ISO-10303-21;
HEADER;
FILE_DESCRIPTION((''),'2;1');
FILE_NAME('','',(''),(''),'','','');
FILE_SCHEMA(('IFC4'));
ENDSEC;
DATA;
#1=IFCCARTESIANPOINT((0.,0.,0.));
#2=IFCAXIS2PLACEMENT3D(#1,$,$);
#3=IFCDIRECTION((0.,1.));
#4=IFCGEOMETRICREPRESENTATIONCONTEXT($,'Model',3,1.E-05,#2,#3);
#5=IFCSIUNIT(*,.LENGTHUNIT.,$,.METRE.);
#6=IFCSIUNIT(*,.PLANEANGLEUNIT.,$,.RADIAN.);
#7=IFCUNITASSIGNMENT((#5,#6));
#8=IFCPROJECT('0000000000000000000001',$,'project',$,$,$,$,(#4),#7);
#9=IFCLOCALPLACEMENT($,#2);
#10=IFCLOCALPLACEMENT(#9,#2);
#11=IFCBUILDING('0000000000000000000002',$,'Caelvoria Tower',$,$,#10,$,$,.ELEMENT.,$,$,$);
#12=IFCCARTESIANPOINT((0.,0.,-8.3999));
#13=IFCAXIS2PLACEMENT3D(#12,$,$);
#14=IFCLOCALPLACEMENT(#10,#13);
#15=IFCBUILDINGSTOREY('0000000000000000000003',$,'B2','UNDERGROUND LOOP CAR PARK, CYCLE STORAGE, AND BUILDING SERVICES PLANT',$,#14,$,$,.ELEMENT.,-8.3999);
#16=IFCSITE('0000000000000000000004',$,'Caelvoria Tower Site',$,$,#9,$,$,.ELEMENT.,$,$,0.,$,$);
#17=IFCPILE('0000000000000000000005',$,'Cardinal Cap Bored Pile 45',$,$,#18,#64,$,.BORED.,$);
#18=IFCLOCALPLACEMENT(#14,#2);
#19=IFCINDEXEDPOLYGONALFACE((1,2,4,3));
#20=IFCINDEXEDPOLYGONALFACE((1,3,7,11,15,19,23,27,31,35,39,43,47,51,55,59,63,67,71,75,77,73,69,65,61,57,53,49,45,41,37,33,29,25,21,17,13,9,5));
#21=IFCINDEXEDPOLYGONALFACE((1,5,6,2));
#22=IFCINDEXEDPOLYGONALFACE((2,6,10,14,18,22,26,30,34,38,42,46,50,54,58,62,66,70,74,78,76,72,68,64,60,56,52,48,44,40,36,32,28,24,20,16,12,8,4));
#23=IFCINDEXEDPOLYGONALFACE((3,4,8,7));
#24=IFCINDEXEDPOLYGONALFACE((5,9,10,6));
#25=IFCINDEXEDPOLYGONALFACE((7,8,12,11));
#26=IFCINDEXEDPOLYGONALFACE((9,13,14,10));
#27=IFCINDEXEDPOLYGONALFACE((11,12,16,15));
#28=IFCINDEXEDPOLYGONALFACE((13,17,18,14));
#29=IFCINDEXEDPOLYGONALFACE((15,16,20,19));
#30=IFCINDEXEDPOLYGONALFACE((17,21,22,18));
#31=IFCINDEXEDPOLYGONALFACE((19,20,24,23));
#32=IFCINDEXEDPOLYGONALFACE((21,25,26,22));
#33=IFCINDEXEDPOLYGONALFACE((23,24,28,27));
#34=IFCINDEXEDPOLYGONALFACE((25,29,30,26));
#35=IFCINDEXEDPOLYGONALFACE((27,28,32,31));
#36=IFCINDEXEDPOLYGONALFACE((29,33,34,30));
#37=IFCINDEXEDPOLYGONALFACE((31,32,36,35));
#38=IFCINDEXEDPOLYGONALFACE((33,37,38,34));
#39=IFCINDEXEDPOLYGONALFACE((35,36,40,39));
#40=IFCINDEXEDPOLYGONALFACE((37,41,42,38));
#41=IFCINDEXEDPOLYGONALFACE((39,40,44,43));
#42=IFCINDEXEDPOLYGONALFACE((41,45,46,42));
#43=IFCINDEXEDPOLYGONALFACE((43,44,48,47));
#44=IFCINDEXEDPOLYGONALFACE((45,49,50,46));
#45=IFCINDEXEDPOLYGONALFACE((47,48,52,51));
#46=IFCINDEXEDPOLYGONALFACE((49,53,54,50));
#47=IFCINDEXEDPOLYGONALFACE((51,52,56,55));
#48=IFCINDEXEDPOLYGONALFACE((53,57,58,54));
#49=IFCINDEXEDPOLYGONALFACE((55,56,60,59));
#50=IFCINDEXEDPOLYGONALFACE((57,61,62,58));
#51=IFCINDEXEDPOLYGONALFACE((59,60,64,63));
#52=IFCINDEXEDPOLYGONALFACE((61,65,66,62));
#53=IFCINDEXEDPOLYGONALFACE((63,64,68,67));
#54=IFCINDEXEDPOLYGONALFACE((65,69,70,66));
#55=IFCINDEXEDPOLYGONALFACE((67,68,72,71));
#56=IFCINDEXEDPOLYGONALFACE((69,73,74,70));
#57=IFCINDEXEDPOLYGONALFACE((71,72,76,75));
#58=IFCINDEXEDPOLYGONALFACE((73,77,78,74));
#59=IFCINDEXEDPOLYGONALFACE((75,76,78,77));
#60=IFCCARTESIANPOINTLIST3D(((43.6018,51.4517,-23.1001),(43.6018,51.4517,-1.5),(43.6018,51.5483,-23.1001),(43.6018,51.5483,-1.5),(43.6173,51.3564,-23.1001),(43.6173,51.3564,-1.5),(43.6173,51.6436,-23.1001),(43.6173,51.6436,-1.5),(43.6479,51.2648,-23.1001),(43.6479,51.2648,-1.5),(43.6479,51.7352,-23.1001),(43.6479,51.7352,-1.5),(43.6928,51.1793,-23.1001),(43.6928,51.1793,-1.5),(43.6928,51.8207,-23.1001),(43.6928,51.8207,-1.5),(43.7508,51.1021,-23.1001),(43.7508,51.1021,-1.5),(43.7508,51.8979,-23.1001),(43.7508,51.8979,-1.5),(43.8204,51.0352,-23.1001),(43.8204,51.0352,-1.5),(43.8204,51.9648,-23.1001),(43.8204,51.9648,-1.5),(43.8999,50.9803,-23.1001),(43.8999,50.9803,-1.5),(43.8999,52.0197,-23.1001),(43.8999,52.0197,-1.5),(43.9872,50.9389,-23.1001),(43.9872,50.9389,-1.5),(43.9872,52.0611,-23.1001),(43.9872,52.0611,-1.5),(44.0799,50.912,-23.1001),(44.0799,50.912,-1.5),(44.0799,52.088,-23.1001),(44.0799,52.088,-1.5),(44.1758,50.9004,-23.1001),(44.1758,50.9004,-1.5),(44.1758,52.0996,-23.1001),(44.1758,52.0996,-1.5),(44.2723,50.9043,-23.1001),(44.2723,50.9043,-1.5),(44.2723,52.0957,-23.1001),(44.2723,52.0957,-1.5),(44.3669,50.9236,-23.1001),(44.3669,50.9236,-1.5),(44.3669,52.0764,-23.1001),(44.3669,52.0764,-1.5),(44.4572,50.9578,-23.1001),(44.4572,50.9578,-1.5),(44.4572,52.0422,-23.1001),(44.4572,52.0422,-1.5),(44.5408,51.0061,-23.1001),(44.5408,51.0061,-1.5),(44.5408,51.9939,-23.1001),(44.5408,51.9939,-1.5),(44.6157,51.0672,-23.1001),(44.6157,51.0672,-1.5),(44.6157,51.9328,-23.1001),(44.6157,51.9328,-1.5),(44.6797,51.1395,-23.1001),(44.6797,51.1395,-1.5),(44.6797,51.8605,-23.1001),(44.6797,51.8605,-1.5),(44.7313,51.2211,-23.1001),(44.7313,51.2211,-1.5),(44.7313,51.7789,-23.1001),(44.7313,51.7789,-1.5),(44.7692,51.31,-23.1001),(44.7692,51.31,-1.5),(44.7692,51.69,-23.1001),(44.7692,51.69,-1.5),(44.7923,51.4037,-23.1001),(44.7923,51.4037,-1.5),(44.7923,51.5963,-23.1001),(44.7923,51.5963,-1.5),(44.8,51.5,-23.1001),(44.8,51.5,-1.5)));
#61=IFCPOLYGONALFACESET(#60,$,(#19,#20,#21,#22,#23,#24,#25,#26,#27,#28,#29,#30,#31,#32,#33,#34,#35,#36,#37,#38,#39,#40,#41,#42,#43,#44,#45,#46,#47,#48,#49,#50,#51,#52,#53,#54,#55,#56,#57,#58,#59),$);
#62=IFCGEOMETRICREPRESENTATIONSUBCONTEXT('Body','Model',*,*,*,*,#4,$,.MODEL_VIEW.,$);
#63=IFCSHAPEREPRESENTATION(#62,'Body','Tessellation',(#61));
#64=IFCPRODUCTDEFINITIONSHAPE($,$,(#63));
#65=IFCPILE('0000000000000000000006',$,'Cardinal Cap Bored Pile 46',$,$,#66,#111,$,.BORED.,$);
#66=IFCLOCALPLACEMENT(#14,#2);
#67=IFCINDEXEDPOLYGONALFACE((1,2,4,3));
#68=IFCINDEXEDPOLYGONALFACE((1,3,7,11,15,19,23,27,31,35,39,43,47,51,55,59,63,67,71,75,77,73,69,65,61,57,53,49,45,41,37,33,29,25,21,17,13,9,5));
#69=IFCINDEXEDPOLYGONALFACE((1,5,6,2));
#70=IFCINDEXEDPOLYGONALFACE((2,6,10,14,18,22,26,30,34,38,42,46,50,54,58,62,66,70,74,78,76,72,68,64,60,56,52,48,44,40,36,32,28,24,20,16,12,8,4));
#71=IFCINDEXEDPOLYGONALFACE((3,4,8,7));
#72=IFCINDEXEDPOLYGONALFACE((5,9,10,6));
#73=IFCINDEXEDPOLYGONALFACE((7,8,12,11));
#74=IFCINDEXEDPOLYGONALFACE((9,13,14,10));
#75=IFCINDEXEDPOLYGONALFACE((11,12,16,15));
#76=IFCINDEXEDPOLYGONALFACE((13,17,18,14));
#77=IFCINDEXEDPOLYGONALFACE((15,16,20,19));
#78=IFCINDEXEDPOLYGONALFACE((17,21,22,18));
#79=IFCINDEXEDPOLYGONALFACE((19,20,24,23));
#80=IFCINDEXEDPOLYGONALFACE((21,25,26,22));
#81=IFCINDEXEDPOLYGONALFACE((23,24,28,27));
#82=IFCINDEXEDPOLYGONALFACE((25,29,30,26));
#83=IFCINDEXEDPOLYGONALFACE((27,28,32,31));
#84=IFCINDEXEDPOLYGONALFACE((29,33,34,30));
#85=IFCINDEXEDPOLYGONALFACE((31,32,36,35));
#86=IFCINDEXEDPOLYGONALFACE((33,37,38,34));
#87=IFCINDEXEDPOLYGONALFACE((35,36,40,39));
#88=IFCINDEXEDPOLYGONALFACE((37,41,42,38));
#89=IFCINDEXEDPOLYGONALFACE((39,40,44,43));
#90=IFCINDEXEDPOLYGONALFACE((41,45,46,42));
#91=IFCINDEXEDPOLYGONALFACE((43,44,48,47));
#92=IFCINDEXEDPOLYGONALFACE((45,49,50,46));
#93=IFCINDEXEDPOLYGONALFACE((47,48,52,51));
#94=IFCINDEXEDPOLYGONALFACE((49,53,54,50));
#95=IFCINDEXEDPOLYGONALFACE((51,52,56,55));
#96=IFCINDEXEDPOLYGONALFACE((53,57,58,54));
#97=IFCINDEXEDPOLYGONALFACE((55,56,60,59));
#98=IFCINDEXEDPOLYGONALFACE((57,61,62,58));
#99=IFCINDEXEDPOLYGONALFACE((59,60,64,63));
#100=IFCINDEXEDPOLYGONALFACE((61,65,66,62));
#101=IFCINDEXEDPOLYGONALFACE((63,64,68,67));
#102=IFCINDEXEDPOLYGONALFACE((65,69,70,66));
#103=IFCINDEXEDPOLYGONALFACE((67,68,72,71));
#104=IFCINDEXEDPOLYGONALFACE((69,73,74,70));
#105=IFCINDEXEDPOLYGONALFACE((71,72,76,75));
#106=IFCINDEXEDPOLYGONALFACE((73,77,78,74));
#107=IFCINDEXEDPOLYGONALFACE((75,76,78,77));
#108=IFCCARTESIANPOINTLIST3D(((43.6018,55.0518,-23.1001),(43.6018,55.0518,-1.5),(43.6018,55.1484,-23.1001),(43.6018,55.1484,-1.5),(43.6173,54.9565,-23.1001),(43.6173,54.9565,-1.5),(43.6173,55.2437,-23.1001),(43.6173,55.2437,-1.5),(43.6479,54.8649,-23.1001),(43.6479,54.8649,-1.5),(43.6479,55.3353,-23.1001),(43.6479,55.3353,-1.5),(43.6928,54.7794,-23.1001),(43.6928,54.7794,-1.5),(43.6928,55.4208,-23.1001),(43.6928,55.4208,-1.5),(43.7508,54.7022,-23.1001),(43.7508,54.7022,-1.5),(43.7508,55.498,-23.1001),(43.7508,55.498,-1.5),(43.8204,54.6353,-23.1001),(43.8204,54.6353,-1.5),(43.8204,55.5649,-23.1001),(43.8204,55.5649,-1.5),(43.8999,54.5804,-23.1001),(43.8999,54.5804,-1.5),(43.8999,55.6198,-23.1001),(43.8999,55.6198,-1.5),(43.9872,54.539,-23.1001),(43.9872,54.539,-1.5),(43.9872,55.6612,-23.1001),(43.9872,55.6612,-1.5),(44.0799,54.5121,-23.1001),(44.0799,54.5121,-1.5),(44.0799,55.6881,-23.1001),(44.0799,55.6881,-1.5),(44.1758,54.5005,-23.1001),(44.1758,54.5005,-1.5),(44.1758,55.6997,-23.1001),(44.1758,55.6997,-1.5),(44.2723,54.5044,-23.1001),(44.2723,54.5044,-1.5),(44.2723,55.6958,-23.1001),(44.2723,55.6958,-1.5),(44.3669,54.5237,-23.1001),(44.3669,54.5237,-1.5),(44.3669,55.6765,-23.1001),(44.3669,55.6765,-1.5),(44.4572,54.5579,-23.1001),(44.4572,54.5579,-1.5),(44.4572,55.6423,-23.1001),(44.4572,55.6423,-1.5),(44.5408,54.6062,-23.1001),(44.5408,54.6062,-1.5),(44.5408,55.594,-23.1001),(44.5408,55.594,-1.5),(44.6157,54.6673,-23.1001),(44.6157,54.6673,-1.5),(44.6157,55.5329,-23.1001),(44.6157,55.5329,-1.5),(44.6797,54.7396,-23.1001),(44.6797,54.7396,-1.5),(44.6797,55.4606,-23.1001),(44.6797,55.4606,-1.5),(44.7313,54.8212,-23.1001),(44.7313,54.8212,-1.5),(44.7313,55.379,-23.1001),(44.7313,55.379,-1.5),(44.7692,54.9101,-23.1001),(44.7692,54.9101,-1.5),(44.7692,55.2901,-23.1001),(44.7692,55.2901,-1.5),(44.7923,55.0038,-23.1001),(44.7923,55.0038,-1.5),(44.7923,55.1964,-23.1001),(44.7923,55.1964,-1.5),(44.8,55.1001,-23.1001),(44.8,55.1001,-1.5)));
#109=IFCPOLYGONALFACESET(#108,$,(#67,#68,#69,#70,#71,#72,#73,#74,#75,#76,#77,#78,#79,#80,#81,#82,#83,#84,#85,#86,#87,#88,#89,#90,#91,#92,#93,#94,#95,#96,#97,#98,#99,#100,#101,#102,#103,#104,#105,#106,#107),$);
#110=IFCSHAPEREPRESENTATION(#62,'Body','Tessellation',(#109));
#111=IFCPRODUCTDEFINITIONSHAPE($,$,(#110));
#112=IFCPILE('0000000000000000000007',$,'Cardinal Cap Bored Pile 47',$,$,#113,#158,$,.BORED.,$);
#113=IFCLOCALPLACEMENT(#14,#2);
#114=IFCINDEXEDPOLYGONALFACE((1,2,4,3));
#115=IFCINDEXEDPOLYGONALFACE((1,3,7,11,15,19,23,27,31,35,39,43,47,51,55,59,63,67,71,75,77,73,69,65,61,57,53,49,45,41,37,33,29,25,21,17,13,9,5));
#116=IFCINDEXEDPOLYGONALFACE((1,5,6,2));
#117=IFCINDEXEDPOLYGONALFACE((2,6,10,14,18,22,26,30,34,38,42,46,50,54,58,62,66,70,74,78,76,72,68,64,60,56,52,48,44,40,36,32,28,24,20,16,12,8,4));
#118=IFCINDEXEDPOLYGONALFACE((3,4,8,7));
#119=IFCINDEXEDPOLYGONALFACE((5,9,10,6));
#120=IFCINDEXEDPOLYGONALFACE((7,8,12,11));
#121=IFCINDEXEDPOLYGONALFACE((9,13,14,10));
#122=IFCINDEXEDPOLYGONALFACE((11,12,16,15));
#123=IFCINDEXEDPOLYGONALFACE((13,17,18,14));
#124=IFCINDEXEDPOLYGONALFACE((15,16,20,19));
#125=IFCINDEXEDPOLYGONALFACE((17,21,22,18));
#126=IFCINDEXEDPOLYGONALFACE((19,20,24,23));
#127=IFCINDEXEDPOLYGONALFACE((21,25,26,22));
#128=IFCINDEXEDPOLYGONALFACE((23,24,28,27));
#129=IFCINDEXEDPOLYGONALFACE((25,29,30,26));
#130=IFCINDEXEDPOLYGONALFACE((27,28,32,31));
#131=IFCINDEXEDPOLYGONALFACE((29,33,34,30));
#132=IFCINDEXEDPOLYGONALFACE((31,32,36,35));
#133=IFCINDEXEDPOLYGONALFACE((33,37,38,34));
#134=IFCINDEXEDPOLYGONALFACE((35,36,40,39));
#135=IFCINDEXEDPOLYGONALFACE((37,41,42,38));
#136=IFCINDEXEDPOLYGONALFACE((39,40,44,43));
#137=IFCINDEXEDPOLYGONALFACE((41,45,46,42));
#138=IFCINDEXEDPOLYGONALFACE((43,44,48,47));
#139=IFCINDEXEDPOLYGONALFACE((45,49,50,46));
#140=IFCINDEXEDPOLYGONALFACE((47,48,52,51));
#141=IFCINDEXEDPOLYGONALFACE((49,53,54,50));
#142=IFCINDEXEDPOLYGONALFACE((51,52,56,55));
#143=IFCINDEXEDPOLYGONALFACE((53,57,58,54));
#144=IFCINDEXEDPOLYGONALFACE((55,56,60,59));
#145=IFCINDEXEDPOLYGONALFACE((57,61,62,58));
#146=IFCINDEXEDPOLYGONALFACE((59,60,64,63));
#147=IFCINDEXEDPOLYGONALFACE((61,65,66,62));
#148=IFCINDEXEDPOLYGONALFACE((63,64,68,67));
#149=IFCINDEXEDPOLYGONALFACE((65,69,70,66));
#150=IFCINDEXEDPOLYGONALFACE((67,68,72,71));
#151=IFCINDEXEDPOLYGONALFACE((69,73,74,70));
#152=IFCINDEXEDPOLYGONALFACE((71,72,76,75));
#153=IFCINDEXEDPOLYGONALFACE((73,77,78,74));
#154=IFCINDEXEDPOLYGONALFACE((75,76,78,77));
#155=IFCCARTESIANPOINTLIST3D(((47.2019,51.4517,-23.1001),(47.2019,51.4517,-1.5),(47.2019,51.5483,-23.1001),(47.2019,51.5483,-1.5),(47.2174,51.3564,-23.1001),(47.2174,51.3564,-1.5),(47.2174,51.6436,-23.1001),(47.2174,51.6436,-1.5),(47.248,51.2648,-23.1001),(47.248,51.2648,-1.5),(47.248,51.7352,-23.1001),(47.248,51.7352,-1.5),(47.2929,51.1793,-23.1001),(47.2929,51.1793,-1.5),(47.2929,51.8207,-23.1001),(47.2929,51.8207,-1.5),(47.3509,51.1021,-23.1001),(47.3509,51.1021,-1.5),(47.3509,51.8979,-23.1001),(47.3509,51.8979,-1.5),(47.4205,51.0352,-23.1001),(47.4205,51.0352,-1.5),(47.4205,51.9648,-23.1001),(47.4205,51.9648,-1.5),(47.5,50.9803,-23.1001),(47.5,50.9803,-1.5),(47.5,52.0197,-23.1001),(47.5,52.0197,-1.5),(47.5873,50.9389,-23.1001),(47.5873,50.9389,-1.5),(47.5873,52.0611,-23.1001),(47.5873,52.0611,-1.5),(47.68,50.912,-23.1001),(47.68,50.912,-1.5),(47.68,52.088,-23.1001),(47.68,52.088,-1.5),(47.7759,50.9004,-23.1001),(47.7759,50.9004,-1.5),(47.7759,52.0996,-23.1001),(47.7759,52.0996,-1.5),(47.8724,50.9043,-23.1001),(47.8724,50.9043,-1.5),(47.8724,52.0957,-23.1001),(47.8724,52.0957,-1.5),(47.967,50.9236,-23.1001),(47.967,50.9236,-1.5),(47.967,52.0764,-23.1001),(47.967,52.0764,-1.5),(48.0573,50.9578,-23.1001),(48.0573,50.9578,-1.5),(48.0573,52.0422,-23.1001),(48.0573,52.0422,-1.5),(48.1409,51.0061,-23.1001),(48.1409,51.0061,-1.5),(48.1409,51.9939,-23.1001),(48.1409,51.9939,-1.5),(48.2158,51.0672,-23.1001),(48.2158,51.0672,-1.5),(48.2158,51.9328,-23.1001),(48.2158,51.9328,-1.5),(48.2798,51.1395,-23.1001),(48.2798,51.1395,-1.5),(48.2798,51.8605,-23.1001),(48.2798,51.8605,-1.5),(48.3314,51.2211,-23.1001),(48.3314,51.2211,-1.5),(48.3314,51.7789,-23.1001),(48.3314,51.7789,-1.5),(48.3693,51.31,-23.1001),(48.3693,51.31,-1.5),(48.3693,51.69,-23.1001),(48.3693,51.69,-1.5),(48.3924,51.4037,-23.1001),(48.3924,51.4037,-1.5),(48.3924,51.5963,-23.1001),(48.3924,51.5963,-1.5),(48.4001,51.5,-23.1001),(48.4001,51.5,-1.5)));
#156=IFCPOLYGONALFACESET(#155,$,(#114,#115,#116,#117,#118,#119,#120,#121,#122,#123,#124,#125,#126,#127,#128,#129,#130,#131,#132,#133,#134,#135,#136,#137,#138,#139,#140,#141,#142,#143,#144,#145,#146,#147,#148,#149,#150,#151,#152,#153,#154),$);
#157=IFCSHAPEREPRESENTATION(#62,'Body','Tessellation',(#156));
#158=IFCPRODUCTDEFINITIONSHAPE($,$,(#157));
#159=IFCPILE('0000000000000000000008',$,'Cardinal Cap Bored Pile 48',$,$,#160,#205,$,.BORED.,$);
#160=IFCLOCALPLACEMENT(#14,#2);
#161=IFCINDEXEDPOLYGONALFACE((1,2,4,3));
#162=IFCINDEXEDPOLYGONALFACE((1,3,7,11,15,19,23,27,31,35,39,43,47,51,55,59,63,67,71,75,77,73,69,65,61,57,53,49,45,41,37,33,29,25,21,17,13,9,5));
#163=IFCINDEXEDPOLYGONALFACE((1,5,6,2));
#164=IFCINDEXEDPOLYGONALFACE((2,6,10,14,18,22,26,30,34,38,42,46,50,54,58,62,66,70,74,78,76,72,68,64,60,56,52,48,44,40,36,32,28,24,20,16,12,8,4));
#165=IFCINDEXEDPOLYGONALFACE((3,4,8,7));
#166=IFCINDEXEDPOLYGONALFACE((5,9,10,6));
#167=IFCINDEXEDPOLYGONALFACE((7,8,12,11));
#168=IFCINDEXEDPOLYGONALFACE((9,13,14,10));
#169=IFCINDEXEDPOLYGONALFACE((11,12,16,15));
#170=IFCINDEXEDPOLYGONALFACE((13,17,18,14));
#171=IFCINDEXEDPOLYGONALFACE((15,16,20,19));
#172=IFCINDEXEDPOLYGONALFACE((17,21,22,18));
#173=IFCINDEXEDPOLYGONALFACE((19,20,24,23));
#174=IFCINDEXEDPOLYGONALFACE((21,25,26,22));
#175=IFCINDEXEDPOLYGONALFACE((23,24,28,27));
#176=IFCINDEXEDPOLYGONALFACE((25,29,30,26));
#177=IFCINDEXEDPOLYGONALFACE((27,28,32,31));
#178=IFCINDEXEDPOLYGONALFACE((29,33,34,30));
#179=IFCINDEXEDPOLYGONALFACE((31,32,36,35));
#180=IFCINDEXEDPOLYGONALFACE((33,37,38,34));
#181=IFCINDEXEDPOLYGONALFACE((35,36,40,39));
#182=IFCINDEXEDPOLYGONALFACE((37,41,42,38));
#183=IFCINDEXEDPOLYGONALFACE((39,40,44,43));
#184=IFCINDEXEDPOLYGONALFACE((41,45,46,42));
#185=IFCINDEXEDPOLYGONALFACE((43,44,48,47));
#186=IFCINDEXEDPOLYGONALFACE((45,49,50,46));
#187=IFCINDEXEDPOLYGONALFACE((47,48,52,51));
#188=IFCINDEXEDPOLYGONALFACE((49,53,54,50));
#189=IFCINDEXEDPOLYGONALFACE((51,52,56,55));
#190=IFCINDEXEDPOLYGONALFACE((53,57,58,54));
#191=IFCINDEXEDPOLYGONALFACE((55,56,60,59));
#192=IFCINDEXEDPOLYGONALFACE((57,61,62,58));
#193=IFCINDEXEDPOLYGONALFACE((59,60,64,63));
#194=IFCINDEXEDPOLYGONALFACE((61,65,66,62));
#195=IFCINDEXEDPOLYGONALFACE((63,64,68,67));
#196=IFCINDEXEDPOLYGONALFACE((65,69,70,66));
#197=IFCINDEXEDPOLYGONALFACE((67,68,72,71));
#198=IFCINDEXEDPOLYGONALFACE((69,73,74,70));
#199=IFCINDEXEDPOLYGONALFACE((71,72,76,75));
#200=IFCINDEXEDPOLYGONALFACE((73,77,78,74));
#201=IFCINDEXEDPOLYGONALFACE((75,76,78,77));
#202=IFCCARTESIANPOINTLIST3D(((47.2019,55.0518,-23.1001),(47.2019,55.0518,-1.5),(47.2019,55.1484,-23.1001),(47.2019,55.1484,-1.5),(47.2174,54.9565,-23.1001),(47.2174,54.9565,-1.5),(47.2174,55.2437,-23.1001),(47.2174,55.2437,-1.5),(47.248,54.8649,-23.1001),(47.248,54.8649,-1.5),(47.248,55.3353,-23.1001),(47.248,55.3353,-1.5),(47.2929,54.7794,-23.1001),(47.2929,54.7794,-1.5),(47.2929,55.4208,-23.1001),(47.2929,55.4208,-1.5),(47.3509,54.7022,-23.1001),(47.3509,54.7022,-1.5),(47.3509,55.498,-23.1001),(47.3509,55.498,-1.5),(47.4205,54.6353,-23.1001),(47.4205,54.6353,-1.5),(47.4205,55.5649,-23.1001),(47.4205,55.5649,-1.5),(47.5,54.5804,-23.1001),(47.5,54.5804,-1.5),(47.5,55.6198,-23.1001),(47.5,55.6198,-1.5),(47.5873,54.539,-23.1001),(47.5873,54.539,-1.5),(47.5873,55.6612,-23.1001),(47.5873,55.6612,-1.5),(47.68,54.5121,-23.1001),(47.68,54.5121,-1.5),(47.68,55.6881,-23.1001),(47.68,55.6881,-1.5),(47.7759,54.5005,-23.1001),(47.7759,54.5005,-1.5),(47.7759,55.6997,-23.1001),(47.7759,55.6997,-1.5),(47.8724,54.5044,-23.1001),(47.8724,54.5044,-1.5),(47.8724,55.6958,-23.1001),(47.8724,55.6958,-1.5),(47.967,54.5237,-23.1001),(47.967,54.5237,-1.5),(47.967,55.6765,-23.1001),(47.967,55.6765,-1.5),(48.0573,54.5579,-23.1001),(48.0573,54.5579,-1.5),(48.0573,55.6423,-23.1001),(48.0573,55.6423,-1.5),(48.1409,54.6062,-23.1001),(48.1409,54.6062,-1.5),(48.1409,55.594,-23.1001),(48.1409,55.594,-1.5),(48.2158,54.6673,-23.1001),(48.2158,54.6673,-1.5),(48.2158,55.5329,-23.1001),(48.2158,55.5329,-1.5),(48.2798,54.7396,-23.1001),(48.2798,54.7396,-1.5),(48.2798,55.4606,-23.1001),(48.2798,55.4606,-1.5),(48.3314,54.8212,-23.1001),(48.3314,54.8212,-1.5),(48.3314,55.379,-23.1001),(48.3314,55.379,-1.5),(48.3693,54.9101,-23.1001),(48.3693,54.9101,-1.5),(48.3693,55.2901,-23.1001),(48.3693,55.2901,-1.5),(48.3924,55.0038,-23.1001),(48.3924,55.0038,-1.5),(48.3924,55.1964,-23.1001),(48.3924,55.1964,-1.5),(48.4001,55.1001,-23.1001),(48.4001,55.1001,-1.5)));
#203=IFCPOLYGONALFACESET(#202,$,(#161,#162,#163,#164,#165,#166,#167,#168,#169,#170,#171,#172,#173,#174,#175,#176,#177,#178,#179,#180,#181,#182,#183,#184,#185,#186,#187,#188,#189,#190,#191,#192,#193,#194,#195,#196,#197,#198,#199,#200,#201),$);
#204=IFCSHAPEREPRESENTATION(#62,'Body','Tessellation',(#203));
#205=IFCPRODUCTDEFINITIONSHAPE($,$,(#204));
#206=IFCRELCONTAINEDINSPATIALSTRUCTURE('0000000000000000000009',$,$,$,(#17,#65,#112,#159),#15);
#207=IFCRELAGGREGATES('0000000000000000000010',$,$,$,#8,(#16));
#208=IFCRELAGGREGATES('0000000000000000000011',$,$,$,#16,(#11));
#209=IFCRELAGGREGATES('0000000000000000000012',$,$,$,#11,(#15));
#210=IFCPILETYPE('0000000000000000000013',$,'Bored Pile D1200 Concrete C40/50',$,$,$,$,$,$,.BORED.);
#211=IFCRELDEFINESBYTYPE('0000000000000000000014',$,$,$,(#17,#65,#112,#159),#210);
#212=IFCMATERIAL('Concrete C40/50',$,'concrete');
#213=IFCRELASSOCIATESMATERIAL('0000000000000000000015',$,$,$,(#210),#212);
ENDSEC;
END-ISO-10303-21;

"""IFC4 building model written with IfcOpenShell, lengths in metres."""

from ifc_helpers import new_model, si_unit, direction, frame, origin, origin_2d, place, context, subcontext, project, spatial, circle, extrude, material, material_profile, profile_set, type_object, element, save


model = new_model("IFC4")

# Units and contexts
model_context = context("Model", 3, precision=1e-05, world=origin(), true_north=direction((0.0, 1.0)))
body_context = subcontext(model_context, "Body", "Model", "MODEL_VIEW")
ifc_project = project(units=[si_unit("LENGTHUNIT", "METRE"), si_unit("PLANEANGLEUNIT", "RADIAN")], contexts=[model_context])

# Site, building, storey
site_placement = place(None, origin())
site = spatial("IfcSite", under=ifc_project, at=site_placement, Name="Caelvoria Tower Site", CompositionType="ELEMENT", RefElevation=0.0)
building_placement = place(site_placement, origin())
building = spatial("IfcBuilding", under=site, at=building_placement, Name="Caelvoria Tower", CompositionType="ELEMENT")
storey_placement = place(building_placement, frame((0.0, 0.0, -8.3999)))
storey = spatial("IfcBuildingStorey", under=building, at=storey_placement, Name="B2", Description="UNDERGROUND LOOP CAR PARK, CYCLE STORAGE, AND BUILDING SERVICES PLANT", CompositionType="ELEMENT", Elevation=-8.3999)

# Piles
ifc_material_1 = material(Name="Concrete C40/50", Category="concrete")
ifc_material_profile_1 = material_profile(ifc_material_1, circle(Radius=0.6001, at=origin_2d()), Name="Concrete C40/50")
ifc_profile_set_1 = profile_set([ifc_material_profile_1], Name="PILE_D1200 - Concrete C40/50")
pile_type_1 = type_object("IfcPileType", Name="Bored Pile D1200 Concrete C40/50", PredefinedType="BORED", material=ifc_profile_set_1)
for number, where, z_axis, x_axis, name in (
    (1, (44.2, 51.5, -1.5), (0.0, 0.0, -1.0), (1.0, 0.0, 0.0), "Cardinal Cap Bored Pile 45"),
    (2, (44.2, 55.1001, -1.5), (0.0, 0.0, -1.0), (1.0, 0.0, 0.0), "Cardinal Cap Bored Pile 46"),
    (3, (47.8, 51.5, -1.5), (0.0, 0.0, -1.0), (1.0, 0.0, 0.0), "Cardinal Cap Bored Pile 47"),
    (4, (47.8, 55.1001, -1.5), (0.0, 0.0, -1.0), (1.0, 0.0, 0.0), "Cardinal Cap Bored Pile 48"),
):
    element("IfcPile", number, at=place(storey_placement, frame(where, z_axis=z_axis, x_axis=x_axis)), inside=storey, type_object=pile_type_1, Name=name, PredefinedType="BORED", context=body_context, shape_type="SweptSolid", body=[
        extrude(circle(Radius=0.6001, at=origin_2d()), origin(), (0.0, 0.0, 1.0), 21.6001),
    ])

save(model, "model.ifc")
